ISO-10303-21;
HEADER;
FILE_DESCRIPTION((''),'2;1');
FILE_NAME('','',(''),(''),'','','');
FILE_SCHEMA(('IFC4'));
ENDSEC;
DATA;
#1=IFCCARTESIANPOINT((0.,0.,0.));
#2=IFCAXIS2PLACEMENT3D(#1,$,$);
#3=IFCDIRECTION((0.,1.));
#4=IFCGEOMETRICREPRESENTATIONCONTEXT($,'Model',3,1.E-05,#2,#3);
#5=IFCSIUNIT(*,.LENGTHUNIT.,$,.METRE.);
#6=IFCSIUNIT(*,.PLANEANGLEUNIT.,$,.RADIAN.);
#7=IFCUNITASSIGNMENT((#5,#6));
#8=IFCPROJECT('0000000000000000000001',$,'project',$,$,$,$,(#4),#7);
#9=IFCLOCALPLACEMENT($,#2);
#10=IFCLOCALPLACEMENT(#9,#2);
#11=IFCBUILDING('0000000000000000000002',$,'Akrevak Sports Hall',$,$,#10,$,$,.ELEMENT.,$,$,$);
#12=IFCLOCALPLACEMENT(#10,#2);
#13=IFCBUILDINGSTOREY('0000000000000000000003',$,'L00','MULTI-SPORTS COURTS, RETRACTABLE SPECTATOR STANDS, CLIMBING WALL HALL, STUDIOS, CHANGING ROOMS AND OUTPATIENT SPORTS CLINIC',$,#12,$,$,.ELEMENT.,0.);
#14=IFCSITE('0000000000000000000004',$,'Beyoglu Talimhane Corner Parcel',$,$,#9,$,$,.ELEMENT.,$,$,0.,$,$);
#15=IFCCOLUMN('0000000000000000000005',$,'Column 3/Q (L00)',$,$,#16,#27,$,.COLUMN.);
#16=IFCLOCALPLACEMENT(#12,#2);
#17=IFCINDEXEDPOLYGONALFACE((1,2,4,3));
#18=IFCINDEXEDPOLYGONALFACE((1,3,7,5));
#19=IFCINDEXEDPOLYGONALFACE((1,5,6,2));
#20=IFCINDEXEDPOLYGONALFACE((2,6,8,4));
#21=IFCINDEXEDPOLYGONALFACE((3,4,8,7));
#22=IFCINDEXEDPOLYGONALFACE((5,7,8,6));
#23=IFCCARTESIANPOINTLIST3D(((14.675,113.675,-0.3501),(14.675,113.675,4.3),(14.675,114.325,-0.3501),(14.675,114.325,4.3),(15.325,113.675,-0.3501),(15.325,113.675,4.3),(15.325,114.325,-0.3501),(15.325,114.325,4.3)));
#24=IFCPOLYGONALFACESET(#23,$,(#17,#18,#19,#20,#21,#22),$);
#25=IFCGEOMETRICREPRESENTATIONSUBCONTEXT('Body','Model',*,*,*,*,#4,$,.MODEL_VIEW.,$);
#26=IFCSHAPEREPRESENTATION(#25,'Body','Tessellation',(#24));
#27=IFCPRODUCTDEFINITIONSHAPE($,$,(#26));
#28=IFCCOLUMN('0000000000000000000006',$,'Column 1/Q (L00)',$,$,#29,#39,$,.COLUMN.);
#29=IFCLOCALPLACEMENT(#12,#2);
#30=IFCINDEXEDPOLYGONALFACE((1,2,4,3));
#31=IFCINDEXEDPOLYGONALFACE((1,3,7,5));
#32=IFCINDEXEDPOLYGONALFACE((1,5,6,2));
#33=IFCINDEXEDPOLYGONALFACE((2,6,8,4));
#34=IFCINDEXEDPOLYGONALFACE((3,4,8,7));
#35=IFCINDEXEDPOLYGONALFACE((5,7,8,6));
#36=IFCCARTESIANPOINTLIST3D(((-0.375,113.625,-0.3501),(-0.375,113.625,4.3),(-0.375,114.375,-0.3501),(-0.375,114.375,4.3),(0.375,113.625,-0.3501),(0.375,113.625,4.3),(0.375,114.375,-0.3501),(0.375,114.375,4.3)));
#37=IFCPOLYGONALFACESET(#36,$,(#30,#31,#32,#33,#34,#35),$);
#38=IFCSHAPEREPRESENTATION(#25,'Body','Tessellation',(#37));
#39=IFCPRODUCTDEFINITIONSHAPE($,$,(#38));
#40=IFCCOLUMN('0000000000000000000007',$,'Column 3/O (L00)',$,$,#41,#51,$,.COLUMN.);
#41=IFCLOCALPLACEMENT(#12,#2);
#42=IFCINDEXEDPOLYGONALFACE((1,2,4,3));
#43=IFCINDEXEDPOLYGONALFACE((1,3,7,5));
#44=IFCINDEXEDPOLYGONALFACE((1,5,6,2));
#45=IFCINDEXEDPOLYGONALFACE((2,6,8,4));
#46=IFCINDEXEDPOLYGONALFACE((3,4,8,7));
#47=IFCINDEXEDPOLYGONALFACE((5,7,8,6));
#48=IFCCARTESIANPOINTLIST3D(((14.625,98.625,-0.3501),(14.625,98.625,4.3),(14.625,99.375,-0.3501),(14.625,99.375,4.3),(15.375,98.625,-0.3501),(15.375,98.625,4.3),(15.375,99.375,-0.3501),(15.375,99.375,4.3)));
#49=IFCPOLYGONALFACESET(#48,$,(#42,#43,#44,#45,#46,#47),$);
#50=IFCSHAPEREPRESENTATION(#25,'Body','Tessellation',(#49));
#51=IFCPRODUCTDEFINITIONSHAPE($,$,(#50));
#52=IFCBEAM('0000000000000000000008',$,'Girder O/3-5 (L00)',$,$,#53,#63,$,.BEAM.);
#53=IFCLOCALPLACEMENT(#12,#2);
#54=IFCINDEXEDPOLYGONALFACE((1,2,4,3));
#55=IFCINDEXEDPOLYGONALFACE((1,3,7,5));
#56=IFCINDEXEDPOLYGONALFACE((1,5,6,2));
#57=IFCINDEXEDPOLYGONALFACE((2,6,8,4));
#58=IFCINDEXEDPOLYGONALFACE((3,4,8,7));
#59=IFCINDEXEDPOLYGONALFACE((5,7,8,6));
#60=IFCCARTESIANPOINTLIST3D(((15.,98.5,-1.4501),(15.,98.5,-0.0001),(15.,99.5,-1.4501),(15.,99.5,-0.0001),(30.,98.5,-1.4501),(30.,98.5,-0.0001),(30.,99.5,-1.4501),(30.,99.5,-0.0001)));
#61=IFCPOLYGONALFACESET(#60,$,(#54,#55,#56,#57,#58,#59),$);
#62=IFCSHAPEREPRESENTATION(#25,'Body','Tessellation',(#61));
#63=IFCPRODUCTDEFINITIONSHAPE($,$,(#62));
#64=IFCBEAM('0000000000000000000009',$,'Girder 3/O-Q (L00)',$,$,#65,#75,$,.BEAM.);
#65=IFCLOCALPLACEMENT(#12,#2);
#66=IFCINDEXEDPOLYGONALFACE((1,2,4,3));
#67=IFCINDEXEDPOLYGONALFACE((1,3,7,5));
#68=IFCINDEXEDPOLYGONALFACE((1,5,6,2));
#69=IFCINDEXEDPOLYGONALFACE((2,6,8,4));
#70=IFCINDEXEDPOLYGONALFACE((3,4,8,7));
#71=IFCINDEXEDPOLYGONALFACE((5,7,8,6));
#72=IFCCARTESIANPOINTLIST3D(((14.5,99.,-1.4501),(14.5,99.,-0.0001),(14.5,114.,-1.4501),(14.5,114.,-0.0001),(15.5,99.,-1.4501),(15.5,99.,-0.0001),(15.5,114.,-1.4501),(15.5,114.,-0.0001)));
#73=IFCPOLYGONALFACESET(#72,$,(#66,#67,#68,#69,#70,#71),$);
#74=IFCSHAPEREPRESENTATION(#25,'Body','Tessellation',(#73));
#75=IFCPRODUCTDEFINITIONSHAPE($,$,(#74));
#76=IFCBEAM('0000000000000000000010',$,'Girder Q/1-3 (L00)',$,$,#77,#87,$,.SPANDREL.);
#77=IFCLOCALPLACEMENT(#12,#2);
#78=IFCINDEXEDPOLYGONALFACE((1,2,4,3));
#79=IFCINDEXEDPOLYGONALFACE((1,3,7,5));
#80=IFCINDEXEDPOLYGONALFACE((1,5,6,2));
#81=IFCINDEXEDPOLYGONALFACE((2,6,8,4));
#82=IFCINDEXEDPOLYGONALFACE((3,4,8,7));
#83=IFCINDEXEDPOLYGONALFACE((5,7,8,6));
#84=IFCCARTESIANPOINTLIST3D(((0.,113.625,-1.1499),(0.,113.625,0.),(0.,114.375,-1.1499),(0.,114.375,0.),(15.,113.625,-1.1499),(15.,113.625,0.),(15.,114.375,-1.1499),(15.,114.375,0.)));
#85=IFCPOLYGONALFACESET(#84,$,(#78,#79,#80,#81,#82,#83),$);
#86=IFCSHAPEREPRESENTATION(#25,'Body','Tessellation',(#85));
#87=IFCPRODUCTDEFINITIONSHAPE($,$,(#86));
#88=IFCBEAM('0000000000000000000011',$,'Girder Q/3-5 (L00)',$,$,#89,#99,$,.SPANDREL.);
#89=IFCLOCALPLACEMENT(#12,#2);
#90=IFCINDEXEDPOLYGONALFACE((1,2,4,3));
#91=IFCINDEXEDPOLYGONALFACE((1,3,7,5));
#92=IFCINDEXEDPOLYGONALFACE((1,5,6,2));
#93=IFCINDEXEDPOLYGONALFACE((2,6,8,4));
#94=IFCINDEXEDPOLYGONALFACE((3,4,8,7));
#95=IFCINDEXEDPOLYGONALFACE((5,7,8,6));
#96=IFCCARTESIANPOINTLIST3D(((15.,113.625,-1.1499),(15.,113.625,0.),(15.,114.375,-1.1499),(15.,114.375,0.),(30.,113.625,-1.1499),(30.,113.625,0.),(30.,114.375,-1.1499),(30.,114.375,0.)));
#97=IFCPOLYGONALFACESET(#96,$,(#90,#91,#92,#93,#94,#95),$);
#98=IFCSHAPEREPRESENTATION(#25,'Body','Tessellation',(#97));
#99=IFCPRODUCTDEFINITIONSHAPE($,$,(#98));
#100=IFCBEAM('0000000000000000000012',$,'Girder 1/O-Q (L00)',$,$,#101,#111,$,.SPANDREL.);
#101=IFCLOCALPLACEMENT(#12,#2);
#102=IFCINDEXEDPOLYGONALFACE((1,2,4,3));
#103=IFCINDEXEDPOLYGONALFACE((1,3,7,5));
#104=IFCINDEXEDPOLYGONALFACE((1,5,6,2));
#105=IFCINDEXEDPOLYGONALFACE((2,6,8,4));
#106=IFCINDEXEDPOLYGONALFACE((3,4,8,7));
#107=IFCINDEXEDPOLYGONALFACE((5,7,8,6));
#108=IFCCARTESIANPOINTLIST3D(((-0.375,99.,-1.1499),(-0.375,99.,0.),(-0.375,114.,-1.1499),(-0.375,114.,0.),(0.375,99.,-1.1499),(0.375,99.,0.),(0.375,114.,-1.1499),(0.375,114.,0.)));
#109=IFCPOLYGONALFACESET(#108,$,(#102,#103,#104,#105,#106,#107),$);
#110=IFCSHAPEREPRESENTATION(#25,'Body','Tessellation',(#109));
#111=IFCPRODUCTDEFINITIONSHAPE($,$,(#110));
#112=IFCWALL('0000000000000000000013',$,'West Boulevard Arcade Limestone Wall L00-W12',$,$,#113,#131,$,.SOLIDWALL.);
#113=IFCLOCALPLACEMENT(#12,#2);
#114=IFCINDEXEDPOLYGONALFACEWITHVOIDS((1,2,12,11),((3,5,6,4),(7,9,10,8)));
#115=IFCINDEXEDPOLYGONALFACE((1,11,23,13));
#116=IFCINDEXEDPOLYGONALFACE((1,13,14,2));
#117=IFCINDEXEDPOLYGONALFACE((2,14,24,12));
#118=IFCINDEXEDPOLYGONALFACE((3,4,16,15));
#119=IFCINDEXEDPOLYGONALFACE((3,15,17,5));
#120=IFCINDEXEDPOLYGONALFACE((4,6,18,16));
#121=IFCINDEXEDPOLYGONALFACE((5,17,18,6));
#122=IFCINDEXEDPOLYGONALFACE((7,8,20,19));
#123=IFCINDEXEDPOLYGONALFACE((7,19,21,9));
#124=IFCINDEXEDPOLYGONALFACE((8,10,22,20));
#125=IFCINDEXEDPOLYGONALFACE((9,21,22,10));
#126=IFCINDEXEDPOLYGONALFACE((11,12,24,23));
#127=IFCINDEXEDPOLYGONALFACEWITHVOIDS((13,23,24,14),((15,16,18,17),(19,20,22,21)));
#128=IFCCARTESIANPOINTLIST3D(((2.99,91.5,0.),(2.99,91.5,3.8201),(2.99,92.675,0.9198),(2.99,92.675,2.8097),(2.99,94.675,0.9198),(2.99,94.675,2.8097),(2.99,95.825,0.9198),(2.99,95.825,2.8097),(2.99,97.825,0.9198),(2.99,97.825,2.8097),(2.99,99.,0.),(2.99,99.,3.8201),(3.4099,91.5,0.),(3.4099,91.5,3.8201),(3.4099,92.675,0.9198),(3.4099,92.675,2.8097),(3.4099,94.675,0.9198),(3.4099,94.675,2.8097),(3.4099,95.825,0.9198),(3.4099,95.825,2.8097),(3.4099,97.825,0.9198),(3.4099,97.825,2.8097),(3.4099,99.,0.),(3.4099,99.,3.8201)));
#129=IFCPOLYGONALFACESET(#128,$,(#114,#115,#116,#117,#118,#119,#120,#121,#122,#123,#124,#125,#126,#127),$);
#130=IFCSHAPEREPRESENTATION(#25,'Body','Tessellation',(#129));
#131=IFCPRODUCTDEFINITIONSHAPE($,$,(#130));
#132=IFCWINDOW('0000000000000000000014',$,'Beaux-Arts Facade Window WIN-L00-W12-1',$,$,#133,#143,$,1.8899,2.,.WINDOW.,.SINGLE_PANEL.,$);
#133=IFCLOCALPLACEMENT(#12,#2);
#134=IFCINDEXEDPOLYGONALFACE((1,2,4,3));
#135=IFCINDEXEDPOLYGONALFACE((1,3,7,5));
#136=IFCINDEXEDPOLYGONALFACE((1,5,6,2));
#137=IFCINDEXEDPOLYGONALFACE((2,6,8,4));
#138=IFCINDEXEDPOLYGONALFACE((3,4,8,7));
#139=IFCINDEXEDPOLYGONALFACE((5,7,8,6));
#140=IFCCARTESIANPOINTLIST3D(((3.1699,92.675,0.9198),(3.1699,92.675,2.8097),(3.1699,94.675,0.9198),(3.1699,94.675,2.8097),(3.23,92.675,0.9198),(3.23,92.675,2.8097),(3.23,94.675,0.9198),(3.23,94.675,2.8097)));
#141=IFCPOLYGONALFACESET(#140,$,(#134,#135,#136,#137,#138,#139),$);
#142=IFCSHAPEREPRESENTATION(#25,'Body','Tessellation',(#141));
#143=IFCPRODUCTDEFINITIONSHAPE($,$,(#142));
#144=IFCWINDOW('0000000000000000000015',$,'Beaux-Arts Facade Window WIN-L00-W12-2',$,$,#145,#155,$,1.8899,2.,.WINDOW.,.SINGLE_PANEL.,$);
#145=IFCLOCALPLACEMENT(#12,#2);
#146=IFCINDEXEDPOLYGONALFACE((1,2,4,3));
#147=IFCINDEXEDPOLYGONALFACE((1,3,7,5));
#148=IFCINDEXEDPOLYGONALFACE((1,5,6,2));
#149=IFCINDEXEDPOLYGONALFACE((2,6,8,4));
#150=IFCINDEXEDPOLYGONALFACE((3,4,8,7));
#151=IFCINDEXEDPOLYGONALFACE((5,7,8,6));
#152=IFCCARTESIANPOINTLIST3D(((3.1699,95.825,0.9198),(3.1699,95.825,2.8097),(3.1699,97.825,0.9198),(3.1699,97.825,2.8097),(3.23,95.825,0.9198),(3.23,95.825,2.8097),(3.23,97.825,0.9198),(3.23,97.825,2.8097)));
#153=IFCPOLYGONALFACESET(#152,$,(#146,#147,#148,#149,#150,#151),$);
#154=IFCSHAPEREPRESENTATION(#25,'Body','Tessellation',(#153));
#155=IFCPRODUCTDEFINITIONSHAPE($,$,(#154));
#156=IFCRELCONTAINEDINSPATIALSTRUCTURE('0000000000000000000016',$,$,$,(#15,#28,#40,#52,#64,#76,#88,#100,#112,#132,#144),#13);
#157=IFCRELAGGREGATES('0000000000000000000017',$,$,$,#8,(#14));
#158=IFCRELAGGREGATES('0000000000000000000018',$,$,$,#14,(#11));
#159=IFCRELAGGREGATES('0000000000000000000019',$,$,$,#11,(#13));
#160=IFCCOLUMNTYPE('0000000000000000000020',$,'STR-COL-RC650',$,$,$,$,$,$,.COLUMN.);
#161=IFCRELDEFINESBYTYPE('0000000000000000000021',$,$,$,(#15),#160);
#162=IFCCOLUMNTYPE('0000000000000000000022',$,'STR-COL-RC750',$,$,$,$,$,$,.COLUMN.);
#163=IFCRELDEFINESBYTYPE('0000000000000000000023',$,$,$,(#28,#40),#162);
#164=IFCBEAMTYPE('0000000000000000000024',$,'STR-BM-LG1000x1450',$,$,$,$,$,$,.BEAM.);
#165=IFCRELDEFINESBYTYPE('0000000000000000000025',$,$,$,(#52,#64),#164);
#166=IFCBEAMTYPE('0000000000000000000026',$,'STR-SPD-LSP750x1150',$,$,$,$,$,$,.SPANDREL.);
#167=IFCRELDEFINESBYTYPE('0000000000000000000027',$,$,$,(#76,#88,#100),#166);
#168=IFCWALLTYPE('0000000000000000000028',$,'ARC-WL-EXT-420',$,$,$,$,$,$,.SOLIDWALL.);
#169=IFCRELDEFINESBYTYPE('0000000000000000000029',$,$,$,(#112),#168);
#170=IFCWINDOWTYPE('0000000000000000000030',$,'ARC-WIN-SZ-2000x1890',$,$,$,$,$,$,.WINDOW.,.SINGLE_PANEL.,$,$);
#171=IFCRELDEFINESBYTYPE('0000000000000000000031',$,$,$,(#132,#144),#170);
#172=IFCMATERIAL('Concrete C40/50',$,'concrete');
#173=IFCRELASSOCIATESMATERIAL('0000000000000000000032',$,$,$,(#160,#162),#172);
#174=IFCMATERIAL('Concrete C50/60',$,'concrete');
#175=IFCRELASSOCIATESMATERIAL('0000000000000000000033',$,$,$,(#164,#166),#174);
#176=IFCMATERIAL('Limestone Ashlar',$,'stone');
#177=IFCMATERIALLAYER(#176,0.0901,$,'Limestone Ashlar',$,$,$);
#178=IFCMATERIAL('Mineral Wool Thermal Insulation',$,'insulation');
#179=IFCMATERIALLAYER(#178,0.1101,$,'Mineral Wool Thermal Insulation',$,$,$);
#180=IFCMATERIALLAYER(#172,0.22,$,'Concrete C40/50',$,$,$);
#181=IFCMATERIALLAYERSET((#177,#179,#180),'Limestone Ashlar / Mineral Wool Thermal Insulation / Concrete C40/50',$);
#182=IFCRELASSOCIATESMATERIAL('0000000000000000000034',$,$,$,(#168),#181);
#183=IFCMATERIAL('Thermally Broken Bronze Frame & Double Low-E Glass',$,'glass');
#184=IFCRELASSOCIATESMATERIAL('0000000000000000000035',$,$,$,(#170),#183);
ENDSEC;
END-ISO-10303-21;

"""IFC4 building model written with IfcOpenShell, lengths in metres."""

from ifc_helpers import new_model, si_unit, direction, frame, frame_2d, origin, origin_2d, place, context, subcontext, project, spatial, rectangle, extrude, material, layer, layer_set, material_profile, profile_set, type_object, element, fill, save


model = new_model("IFC4")

# Units and contexts
model_context = context("Model", 3, precision=1e-05, world=origin(), true_north=direction((0.0, 1.0)))
body_context = subcontext(model_context, "Body", "Model", "MODEL_VIEW")
ifc_project = project(units=[si_unit("LENGTHUNIT", "METRE"), si_unit("PLANEANGLEUNIT", "RADIAN")], contexts=[model_context])

# Site, building, storey
site_placement = place(None, origin())
site = spatial("IfcSite", under=ifc_project, at=site_placement, Name="Beyoglu Talimhane Corner Parcel", CompositionType="ELEMENT", RefElevation=0.0)
building_placement = place(site_placement, origin())
building = spatial("IfcBuilding", under=site, at=building_placement, Name="Akrevak Sports Hall", CompositionType="ELEMENT")
storey_placement = place(building_placement, origin())
storey = spatial("IfcBuildingStorey", under=building, at=storey_placement, Name="L00", Description="MULTI-SPORTS COURTS, RETRACTABLE SPECTATOR STANDS, CLIMBING WALL HALL, STUDIOS, CHANGING ROOMS AND OUTPATIENT SPORTS CLINIC", CompositionType="ELEMENT", Elevation=0.0)

# Columns
ifc_material_1 = material(Name="Concrete C40/50", Category="concrete")
ifc_material_profile_1 = material_profile(ifc_material_1, rectangle(XDim=0.6499, YDim=0.6499, at=origin_2d()), Name="RC 650x650", Category="concrete")
ifc_profile_set_1 = profile_set([ifc_material_profile_1], Name="Concrete C40/50")
column_type_1 = type_object("IfcColumnType", Name="STR-COL-RC650", PredefinedType="COLUMN", material=ifc_profile_set_1)
column_placement = place(storey_placement, frame((15.0, 114.0, -0.3501), z_axis=(0.0, 0.0, 1.0), x_axis=(1.0, 0.0, 0.0)))
element("IfcColumn", 1, at=column_placement, inside=storey, type_object=column_type_1, Name="Column 3/Q (L00)", PredefinedType="COLUMN", context=body_context, shape_type="SweptSolid", body=[
    extrude(rectangle(XDim=0.6499, YDim=0.6499, at=origin_2d()), origin(), (0.0, 0.0, 1.0), 4.6501),
])
ifc_material_profile_2 = material_profile(ifc_material_1, rectangle(XDim=0.75, YDim=0.75, at=origin_2d()), Name="RC 750x750", Category="concrete")
ifc_profile_set_2 = profile_set([ifc_material_profile_2], Name="Concrete C40/50")
column_type_2 = type_object("IfcColumnType", Name="STR-COL-RC750", PredefinedType="COLUMN", material=ifc_profile_set_2)
for number, where, z_axis, x_axis, name in (
    (2, (0.0, 114.0, -0.3501), (0.0, 0.0, 1.0), (1.0, 0.0, 0.0), "Column 1/Q (L00)"),
    (3, (15.0, 99.0, -0.3501), (0.0, 0.0, 1.0), (1.0, 0.0, 0.0), "Column 3/O (L00)"),
):
    element("IfcColumn", number, at=place(storey_placement, frame(where, z_axis=z_axis, x_axis=x_axis)), inside=storey, type_object=column_type_2, Name=name, PredefinedType="COLUMN", context=body_context, shape_type="SweptSolid", body=[
        extrude(rectangle(XDim=0.75, YDim=0.75, at=origin_2d()), origin(), (0.0, 0.0, 1.0), 4.6501),
    ])

# Beams
ifc_material_2 = material(Name="Concrete C50/60", Category="concrete")
ifc_material_profile_3 = material_profile(ifc_material_2, rectangle(XDim=1.0, YDim=1.45, at=origin_2d()), Name="BM 1000x1450", Category="concrete")
ifc_profile_set_3 = profile_set([ifc_material_profile_3], Name="Concrete C50/60")
beam_type_1 = type_object("IfcBeamType", Name="STR-BM-LG1000x1450", PredefinedType="BEAM", material=ifc_profile_set_3)
for number, where, z_axis, x_axis, name in (
    (4, (15.0, 99.0, -0.7251), (1.0, 0.0, 0.0), (0.0, 1.0, 0.0), "Girder O/3-5 (L00)"),
    (5, (15.0, 99.0, -0.7251), (0.0, 1.0, 0.0), (-1.0, 0.0, 0.0), "Girder 3/O-Q (L00)"),
):
    element("IfcBeam", number, at=place(storey_placement, frame(where, z_axis=z_axis, x_axis=x_axis)), inside=storey, type_object=beam_type_1, Name=name, PredefinedType="BEAM", context=body_context, shape_type="SweptSolid", body=[
        extrude(rectangle(XDim=1.0, YDim=1.45, at=origin_2d()), origin(), (0.0, 0.0, 1.0), 15.0),
    ])
ifc_material_profile_4 = material_profile(ifc_material_2, rectangle(XDim=0.75, YDim=1.1499, at=origin_2d()), Name="SPD 750x1150", Category="concrete")
ifc_profile_set_4 = profile_set([ifc_material_profile_4], Name="Concrete C50/60")
beam_type_2 = type_object("IfcBeamType", Name="STR-SPD-LSP750x1150", PredefinedType="SPANDREL", material=ifc_profile_set_4)
for number, where, z_axis, x_axis, name in (
    (6, (0.0, 114.0, -0.575), (1.0, 0.0, 0.0), (0.0, 1.0, 0.0), "Girder Q/1-3 (L00)"),
    (7, (15.0, 114.0, -0.575), (1.0, 0.0, 0.0), (0.0, 1.0, 0.0), "Girder Q/3-5 (L00)"),
    (8, (0.0, 99.0, -0.575), (0.0, 1.0, 0.0), (-1.0, 0.0, 0.0), "Girder 1/O-Q (L00)"),
):
    element("IfcBeam", number, at=place(storey_placement, frame(where, z_axis=z_axis, x_axis=x_axis)), inside=storey, type_object=beam_type_2, Name=name, PredefinedType="SPANDREL", context=body_context, shape_type="SweptSolid", body=[
        extrude(rectangle(XDim=0.75, YDim=1.1499, at=origin_2d()), origin(), (0.0, 0.0, 1.0), 15.0),
    ])

# Wall, openings, windows
ifc_material_3 = material(Name="Limestone Ashlar", Category="stone")
ifc_layer_1 = layer(ifc_material_3, 0.0901, Name="Limestone Ashlar")
ifc_material_4 = material(Name="Mineral Wool Thermal Insulation", Category="insulation")
ifc_layer_2 = layer(ifc_material_4, 0.1101, Name="Mineral Wool Thermal Insulation")
ifc_layer_3 = layer(ifc_material_1, 0.22, Name="Concrete C40/50")
ifc_layer_set_1 = layer_set([ifc_layer_1, ifc_layer_2, ifc_layer_3], Name="Limestone Ashlar / Mineral Wool Thermal Insulation / Concrete C40/50")
wall_type_1 = type_object("IfcWallType", Name="ARC-WL-EXT-420", PredefinedType="SOLIDWALL", material=ifc_layer_set_1)
wall_1_placement = place(storey_placement, frame((3.2, 99.0, 0.0), z_axis=(0.0, 0.0, 1.0), x_axis=(0.0, -1.0, 0.0)))
wall_1 = element("IfcWall", 9, at=wall_1_placement, inside=storey, type_object=wall_type_1, Name="West Boulevard Arcade Limestone Wall L00-W12", PredefinedType="SOLIDWALL", context=body_context, shape_type="SweptSolid", body=[
    extrude(rectangle(XDim=7.5, YDim=0.4199, at=frame_2d((3.75, 0.0))), origin(), (0.0, 0.0, 1.0), 3.8201),
])
opening_1_placement = place(wall_1_placement, frame((4.325, 0.0, 0.9199)))
opening_1 = element("IfcOpeningElement", 10, at=opening_1_placement, cuts=wall_1, PredefinedType="OPENING", context=body_context, shape_type="SweptSolid", body=[
    extrude(rectangle(XDim=2.0, YDim=1.8899, at=frame_2d((1.0, 0.9448))), frame((0.0, 0.2219, 0.0), z_axis=(0.0, -1.0, 0.0), x_axis=(1.0, 0.0, 0.0)), (0.0, 0.0, 1.0), 0.4438),
])
opening_2_placement = place(wall_1_placement, frame((1.175, 0.0, 0.9199)))
opening_2 = element("IfcOpeningElement", 11, at=opening_2_placement, cuts=wall_1, PredefinedType="OPENING", context=body_context, shape_type="SweptSolid", body=[
    extrude(rectangle(XDim=2.0, YDim=1.8899, at=frame_2d((1.0, 0.9448))), frame((0.0, 0.2219, 0.0), z_axis=(0.0, -1.0, 0.0), x_axis=(1.0, 0.0, 0.0)), (0.0, 0.0, 1.0), 0.4438),
])
ifc_material_5 = material(Name="Thermally Broken Bronze Frame & Double Low-E Glass", Category="glass")
window_type = type_object("IfcWindowType", Name="ARC-WIN-SZ-2000x1890", PartitioningType="SINGLE_PANEL", PredefinedType="WINDOW", material=ifc_material_5)
window_1_placement = place(opening_1_placement, origin())
window_1 = element("IfcWindow", 12, at=window_1_placement, inside=storey, type_object=window_type, Name="Beaux-Arts Facade Window WIN-L00-W12-1", OverallHeight=1.8899, OverallWidth=2.0, PartitioningType="SINGLE_PANEL", PredefinedType="WINDOW", context=body_context, shape_type="SweptSolid", body=[
    extrude(rectangle(XDim=2.0, YDim=1.8899, at=frame_2d((1.0, 0.9448))), frame((0.0, 0.03, 0.0), z_axis=(0.0, -1.0, 0.0), x_axis=(1.0, 0.0, 0.0)), (0.0, 0.0, 1.0), 0.0601),
])
fill(opening_1, window_1)
window_2_placement = place(opening_2_placement, origin())
window_2 = element("IfcWindow", 13, at=window_2_placement, inside=storey, type_object=window_type, Name="Beaux-Arts Facade Window WIN-L00-W12-2", OverallHeight=1.8899, OverallWidth=2.0, PartitioningType="SINGLE_PANEL", PredefinedType="WINDOW", context=body_context, shape_type="SweptSolid", body=[
    extrude(rectangle(XDim=2.0, YDim=1.8899, at=frame_2d((1.0, 0.9448))), frame((0.0, 0.03, 0.0), z_axis=(0.0, -1.0, 0.0), x_axis=(1.0, 0.0, 0.0)), (0.0, 0.0, 1.0), 0.0601),
])
fill(opening_2, window_2)

save(model, "model.ifc")
